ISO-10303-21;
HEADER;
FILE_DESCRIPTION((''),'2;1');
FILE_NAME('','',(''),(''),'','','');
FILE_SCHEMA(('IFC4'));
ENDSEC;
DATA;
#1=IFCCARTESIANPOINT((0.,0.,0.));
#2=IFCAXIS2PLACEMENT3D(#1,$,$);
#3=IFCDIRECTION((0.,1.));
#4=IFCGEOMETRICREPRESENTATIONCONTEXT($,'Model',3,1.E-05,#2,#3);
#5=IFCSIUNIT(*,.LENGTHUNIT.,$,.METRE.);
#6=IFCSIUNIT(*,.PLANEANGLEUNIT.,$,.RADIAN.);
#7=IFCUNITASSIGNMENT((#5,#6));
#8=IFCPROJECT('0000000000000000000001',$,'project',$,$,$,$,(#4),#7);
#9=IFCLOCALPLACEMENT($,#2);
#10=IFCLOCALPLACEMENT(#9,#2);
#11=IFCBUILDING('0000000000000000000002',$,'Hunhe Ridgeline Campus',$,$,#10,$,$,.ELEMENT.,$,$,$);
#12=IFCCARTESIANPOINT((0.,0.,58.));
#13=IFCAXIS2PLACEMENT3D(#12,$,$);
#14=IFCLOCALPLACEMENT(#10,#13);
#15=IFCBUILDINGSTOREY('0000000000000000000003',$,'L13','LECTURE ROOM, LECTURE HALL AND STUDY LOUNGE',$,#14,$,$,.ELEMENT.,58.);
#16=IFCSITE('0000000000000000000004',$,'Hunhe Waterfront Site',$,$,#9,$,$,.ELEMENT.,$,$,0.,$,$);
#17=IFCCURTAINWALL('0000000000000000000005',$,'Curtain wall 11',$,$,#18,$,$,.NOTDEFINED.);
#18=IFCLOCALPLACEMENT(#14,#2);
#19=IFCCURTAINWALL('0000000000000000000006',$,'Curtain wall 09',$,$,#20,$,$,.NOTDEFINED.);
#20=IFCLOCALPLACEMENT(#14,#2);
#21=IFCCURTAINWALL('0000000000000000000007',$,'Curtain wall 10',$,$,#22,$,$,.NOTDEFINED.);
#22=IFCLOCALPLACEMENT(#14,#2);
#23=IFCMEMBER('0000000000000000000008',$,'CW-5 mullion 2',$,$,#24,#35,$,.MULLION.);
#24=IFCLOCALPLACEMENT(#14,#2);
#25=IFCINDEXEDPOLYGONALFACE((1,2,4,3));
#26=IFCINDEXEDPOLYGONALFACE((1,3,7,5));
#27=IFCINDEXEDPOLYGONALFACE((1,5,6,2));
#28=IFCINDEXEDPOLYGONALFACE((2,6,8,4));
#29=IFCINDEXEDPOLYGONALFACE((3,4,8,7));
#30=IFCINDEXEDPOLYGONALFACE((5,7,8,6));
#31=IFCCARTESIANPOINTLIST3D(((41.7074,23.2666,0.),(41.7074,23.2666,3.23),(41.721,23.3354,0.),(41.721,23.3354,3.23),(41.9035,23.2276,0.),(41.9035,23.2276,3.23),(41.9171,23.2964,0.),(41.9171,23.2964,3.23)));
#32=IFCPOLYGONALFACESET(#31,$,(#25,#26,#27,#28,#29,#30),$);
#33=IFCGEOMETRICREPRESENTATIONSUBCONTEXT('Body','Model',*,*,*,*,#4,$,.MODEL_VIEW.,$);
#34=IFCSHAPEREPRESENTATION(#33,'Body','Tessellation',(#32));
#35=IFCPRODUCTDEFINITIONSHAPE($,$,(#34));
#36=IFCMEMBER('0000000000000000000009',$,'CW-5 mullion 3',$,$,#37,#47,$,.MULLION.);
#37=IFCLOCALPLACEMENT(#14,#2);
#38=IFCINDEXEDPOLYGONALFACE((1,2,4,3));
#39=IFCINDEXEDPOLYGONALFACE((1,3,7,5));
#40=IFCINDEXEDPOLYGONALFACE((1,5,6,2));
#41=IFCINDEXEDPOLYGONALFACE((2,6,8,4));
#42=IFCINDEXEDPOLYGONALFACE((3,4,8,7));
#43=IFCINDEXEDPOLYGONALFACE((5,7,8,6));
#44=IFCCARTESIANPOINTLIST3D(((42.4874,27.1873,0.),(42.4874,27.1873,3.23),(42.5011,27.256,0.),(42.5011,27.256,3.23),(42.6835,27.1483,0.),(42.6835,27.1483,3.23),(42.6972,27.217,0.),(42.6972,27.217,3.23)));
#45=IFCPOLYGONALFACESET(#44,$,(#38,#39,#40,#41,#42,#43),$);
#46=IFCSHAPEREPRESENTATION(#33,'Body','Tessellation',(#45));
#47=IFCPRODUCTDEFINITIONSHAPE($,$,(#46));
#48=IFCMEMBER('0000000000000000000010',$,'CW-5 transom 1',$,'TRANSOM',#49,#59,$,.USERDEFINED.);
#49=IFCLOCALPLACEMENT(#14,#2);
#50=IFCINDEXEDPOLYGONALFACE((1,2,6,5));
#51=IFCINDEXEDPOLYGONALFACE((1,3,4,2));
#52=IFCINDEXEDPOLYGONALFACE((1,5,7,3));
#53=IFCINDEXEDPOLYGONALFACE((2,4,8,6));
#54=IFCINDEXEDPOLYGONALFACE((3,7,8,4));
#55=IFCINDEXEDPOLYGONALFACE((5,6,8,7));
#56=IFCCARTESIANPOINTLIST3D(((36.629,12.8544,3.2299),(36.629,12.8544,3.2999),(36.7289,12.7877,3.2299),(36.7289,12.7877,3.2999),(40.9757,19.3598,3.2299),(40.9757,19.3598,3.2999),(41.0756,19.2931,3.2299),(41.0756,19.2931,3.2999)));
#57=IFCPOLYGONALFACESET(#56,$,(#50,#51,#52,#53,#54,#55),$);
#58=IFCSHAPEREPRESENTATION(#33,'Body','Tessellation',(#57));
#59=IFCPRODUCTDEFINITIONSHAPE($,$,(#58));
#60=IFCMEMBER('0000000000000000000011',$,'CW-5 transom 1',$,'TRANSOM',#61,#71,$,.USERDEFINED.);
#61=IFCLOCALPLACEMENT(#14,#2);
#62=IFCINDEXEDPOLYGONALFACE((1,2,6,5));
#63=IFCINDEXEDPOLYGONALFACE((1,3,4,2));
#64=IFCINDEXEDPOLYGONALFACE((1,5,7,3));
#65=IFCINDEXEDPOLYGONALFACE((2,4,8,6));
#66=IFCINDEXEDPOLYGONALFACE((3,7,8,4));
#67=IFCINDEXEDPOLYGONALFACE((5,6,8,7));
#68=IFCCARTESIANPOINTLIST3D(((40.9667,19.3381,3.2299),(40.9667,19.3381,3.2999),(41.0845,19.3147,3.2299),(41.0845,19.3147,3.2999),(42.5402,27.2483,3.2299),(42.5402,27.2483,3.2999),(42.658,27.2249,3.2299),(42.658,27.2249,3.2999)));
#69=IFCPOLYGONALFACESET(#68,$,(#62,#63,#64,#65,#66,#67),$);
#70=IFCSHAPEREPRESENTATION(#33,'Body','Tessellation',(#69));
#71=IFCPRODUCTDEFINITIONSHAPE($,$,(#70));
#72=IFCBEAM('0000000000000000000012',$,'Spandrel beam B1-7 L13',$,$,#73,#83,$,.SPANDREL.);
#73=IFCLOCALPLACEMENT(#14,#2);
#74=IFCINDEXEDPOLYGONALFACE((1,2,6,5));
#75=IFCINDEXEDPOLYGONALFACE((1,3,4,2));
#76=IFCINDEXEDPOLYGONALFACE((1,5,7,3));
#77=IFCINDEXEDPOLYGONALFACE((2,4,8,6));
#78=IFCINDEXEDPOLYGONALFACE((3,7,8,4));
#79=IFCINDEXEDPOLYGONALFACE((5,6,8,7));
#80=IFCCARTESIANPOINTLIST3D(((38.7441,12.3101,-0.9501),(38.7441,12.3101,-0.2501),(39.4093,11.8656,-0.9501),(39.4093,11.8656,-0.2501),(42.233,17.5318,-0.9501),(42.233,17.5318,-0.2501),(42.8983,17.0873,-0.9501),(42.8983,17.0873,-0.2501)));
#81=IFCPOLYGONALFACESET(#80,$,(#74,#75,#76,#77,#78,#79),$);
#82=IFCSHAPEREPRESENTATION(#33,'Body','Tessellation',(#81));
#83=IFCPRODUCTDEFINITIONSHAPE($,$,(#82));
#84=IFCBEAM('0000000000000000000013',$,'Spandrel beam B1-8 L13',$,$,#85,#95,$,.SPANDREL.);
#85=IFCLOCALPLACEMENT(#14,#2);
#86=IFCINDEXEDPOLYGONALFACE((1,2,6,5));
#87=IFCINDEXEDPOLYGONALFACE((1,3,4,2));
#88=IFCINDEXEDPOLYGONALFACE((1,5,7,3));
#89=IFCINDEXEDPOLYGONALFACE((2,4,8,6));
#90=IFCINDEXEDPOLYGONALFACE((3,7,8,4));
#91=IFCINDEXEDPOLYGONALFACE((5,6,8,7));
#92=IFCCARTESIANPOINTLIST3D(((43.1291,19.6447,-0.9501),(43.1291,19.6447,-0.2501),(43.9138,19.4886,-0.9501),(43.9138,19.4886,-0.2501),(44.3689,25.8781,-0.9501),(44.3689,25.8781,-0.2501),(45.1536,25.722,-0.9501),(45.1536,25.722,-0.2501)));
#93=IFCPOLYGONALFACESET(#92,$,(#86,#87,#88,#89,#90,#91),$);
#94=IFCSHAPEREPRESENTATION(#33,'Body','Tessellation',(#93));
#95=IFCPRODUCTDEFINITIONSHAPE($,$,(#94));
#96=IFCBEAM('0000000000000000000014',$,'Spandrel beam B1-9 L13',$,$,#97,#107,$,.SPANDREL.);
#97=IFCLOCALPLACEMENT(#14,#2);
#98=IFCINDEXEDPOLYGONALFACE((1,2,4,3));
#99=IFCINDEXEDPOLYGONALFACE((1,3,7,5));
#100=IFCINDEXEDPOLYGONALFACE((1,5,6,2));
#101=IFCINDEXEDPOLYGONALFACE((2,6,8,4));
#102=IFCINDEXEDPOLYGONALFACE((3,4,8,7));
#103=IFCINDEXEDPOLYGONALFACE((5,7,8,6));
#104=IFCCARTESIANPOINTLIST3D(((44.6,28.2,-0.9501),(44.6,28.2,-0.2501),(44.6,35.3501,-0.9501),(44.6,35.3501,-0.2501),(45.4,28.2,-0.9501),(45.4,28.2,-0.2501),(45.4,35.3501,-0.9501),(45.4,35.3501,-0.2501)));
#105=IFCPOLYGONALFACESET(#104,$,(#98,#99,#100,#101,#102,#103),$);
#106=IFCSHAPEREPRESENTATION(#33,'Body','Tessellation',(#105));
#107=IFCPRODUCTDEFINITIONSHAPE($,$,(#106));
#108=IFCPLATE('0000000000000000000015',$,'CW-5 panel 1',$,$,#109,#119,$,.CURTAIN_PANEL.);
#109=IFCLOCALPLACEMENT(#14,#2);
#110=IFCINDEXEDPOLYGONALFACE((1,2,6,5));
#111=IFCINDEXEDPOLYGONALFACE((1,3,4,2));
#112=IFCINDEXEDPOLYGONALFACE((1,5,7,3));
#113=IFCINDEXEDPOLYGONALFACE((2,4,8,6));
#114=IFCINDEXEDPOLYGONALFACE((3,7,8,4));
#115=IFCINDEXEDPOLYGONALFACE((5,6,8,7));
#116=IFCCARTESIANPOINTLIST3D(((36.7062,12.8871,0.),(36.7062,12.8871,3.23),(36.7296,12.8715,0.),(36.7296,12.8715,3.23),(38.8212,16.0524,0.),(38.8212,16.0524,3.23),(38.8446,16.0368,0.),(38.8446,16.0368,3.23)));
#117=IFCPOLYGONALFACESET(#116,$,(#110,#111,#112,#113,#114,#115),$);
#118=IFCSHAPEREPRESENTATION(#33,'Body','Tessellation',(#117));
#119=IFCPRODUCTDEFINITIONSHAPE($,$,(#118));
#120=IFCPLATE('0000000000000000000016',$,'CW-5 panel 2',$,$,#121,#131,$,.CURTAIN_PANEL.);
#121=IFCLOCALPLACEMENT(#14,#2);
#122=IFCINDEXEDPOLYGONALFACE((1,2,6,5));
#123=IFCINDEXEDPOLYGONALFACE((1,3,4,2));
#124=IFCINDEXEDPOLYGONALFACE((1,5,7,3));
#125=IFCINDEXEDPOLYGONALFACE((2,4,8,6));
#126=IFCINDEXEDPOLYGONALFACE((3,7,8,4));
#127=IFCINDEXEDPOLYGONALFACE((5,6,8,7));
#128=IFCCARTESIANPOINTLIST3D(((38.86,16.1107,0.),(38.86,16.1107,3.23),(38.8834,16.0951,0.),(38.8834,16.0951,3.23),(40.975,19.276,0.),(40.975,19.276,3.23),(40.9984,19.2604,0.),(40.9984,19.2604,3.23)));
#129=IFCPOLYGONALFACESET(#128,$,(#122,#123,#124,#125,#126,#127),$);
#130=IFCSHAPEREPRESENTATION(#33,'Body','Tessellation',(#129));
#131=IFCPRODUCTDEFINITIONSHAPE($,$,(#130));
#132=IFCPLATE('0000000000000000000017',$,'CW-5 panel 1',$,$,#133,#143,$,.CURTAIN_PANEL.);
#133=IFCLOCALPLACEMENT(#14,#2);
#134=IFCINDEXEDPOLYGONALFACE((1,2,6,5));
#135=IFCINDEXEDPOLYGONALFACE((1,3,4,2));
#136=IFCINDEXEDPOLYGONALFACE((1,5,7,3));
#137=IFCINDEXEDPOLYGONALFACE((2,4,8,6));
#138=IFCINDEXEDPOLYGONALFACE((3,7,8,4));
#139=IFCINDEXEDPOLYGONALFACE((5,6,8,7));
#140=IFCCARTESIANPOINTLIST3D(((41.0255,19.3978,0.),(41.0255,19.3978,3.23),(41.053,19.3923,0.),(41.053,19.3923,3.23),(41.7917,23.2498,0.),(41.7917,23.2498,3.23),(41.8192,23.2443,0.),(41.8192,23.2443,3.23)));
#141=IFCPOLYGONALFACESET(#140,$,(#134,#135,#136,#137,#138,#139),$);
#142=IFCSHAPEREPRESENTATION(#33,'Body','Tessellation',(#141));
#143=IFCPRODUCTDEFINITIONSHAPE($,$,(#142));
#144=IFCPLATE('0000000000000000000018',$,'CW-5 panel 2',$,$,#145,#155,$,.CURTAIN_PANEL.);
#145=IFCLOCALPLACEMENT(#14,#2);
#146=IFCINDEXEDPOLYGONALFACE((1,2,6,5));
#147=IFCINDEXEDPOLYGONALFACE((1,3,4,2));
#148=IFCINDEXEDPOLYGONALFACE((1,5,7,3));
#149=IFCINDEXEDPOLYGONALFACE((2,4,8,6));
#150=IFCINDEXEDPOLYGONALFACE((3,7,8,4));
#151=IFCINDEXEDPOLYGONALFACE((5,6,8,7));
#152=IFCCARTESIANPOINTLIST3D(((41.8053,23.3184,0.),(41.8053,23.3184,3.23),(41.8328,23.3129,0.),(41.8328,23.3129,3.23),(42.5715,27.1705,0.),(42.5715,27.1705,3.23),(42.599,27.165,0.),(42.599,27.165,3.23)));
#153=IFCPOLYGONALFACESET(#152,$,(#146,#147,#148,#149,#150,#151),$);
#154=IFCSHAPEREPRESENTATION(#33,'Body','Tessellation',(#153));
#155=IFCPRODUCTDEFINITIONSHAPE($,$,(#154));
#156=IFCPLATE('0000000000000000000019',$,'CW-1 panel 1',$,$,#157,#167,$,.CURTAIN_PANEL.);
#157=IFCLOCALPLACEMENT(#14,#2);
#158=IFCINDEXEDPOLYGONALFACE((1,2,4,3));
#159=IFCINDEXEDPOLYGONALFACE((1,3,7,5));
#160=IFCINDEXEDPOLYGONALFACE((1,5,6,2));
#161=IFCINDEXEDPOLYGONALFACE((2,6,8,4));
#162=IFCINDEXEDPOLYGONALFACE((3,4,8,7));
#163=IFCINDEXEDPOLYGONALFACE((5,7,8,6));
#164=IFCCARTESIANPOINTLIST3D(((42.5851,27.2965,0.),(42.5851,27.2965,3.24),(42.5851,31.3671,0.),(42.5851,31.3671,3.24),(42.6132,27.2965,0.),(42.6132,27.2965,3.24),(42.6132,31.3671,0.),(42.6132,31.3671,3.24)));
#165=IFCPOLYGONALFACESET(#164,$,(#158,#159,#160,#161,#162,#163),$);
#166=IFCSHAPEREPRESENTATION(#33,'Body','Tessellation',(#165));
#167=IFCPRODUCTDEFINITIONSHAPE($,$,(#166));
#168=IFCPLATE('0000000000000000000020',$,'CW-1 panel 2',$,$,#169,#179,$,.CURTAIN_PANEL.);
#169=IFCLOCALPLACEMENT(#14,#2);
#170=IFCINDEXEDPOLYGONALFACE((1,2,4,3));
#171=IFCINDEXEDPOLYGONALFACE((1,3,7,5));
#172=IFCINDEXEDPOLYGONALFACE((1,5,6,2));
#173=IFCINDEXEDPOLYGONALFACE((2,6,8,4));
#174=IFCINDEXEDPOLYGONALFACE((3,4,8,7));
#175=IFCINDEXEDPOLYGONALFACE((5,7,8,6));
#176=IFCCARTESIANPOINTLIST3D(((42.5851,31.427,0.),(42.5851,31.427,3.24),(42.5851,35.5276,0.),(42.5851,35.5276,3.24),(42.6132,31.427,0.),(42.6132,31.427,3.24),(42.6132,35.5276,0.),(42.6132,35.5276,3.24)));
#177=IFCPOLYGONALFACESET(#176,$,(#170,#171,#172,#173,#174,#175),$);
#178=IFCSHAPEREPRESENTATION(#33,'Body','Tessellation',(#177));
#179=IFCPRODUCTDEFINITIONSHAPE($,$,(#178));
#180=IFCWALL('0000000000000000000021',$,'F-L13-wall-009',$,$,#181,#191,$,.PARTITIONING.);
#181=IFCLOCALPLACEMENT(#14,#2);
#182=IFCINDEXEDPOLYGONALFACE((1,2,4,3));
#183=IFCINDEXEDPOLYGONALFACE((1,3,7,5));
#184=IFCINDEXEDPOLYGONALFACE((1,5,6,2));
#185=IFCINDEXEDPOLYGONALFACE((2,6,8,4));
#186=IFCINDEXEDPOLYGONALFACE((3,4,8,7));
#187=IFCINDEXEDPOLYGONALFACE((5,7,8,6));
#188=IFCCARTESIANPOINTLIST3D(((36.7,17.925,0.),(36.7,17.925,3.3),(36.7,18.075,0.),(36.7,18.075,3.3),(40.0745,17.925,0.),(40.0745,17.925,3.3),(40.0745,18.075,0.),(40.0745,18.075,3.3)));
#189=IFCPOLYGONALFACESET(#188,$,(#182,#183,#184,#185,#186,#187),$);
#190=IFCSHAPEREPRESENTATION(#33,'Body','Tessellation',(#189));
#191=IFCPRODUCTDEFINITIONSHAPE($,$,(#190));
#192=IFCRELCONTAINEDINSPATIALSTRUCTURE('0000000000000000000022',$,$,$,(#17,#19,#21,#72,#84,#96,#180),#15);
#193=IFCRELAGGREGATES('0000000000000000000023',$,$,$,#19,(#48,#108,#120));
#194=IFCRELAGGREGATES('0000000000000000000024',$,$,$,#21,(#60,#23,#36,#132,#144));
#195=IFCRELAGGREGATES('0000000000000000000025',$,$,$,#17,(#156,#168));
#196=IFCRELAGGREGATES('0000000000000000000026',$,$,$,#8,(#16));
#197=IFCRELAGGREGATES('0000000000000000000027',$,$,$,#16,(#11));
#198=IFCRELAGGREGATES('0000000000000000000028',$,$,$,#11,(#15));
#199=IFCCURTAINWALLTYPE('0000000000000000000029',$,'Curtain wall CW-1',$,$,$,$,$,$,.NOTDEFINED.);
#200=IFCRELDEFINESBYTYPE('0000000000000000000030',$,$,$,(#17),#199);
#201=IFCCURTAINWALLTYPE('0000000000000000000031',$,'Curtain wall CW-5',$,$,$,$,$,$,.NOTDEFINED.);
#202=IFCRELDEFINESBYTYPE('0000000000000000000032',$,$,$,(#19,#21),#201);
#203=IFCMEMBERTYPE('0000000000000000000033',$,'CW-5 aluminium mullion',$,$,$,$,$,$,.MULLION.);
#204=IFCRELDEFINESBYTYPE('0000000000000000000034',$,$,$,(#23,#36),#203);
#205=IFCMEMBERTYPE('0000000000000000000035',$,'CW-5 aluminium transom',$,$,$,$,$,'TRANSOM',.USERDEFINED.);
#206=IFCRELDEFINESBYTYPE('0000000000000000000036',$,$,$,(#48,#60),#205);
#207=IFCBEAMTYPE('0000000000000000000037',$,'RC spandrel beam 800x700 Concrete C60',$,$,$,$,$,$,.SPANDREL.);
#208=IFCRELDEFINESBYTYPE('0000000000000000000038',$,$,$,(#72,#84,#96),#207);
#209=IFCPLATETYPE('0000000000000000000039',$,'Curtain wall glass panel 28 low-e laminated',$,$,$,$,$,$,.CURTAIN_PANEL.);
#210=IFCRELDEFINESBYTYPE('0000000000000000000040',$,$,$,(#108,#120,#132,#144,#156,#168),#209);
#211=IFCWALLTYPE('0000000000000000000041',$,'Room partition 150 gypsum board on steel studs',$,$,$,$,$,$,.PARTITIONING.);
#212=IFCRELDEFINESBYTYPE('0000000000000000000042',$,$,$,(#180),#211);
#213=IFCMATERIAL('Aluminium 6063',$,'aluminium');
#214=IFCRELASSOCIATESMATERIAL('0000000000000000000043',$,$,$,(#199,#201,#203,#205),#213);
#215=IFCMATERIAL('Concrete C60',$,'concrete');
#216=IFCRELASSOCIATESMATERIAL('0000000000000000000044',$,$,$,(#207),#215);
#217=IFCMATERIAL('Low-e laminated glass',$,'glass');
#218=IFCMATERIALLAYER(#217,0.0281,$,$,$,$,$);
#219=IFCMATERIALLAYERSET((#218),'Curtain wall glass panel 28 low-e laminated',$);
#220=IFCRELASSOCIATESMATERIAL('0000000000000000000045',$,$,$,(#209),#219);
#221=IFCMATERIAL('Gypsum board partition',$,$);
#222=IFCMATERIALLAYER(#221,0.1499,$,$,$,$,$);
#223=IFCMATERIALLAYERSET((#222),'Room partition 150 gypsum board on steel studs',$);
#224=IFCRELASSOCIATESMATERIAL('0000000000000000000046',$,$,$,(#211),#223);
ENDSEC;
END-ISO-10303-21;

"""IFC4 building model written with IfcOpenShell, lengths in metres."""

from ifc_helpers import new_model, si_unit, direction, frame, frame_2d, origin, origin_2d, place, context, subcontext, project, spatial, rectangle, extrude, material, layer, layer_set, material_profile, profile_set, type_object, element, aggregate, save


model = new_model("IFC4")

# Units and contexts
model_context = context("Model", 3, precision=1e-05, world=origin(), true_north=direction((0.0, 1.0)))
body_context = subcontext(model_context, "Body", "Model", "MODEL_VIEW")
ifc_project = project(units=[si_unit("LENGTHUNIT", "METRE"), si_unit("PLANEANGLEUNIT", "RADIAN")], contexts=[model_context])

# Site, building, storey
site_placement = place(None, origin())
site = spatial("IfcSite", under=ifc_project, at=site_placement, Name="Hunhe Waterfront Site", CompositionType="ELEMENT", RefElevation=0.0)
building_placement = place(site_placement, origin())
building = spatial("IfcBuilding", under=site, at=building_placement, Name="Hunhe Ridgeline Campus", CompositionType="ELEMENT")
storey_placement = place(building_placement, frame((0.0, 0.0, 58.0)))
storey = spatial("IfcBuildingStorey", under=building, at=storey_placement, Name="L13", Description="LECTURE ROOM, LECTURE HALL AND STUDY LOUNGE", CompositionType="ELEMENT", Elevation=58.0)

# Curtain wall
ifc_material_1 = material(Name="Aluminium 6063", Category="aluminium")
curtain_wall_type_1 = type_object("IfcCurtainWallType", Name="Curtain wall CW-1", PredefinedType="NOTDEFINED", material=ifc_material_1)
curtain_wall_1_placement = place(storey_placement, origin())
curtain_wall_1 = element("IfcCurtainWall", 1, at=curtain_wall_1_placement, inside=storey, type_object=curtain_wall_type_1, Name="Curtain wall 11", PredefinedType="NOTDEFINED")

# Shared definitions
curtain_wall_type_2 = type_object("IfcCurtainWallType", Name="Curtain wall CW-5", PredefinedType="NOTDEFINED", material=ifc_material_1)
ifc_material_profile_1 = material_profile(ifc_material_1, rectangle(XDim=0.2, YDim=0.0701, at=origin_2d()))
ifc_profile_set_1 = profile_set([ifc_material_profile_1], Name="Aluminium 6063")
member_type_1 = type_object("IfcMemberType", Name="CW-5 aluminium mullion", PredefinedType="MULLION", material=ifc_profile_set_1)

# Curtain walls, members
curtain_wall_2_placement = place(storey_placement, origin())
curtain_wall_2 = element("IfcCurtainWall", 2, at=curtain_wall_2_placement, inside=storey, type_object=curtain_wall_type_2, Name="Curtain wall 09", PredefinedType="NOTDEFINED")
curtain_wall_3_placement = place(storey_placement, origin())
curtain_wall_3 = element("IfcCurtainWall", 3, at=curtain_wall_3_placement, inside=storey, type_object=curtain_wall_type_2, Name="Curtain wall 10", PredefinedType="NOTDEFINED")
member_1_placement = place(storey_placement, frame((41.8123, 23.2815, 0.0), z_axis=(0.0, 0.0, 1.0), x_axis=(-0.980785, 0.19509, 0.0)))
member_1 = element("IfcMember", 4, at=member_1_placement, type_object=member_type_1, Name="CW-5 mullion 2", PredefinedType="MULLION", context=body_context, shape_type="SweptSolid", body=[
    extrude(rectangle(XDim=0.2, YDim=0.0701, at=origin_2d()), origin(), (0.0, 0.0, 1.0), 3.23),
])
member_2_placement = place(storey_placement, frame((42.5923, 27.2021, 0.0), z_axis=(0.0, 0.0, 1.0), x_axis=(-0.980785, 0.19509, 0.0)))
member_2 = element("IfcMember", 5, at=member_2_placement, type_object=member_type_1, Name="CW-5 mullion 3", PredefinedType="MULLION", context=body_context, shape_type="SweptSolid", body=[
    extrude(rectangle(XDim=0.2, YDim=0.0701, at=origin_2d()), origin(), (0.0, 0.0, 1.0), 3.23),
])

# Members
ifc_material_profile_2 = material_profile(ifc_material_1, rectangle(XDim=0.1201, YDim=0.0701, at=origin_2d()))
ifc_profile_set_2 = profile_set([ifc_material_profile_2], Name="Aluminium 6063")
member_type_2 = type_object("IfcMemberType", Name="CW-5 aluminium transom", ElementType="TRANSOM", PredefinedType="USERDEFINED", material=ifc_profile_set_2)
member_3_placement = place(storey_placement, frame((36.679, 12.821, 3.2649), z_axis=(0.555564, 0.831474, 0.0), x_axis=(-0.831474, 0.555564, 0.0)))
member_3 = element("IfcMember", 6, at=member_3_placement, type_object=member_type_2, Name="CW-5 transom 1", ObjectType="TRANSOM", PredefinedType="USERDEFINED", context=body_context, shape_type="SweptSolid", body=[
    extrude(rectangle(XDim=0.1201, YDim=0.0701, at=origin_2d()), origin(), (0.0, 0.0, 1.0), 7.824),
])
member_4_placement = place(storey_placement, frame((41.0256, 19.3264, 3.2649), z_axis=(0.195097, 0.980784, 0.0), x_axis=(-0.980784, 0.195097, 0.0)))
member_4 = element("IfcMember", 7, at=member_4_placement, type_object=member_type_2, Name="CW-5 transom 1", ObjectType="TRANSOM", PredefinedType="USERDEFINED", context=body_context, shape_type="SweptSolid", body=[
    extrude(rectangle(XDim=0.1201, YDim=0.0701, at=origin_2d()), origin(), (0.0, 0.0, 1.0), 8.0652),
])

# Beams
ifc_material_2 = material(Name="Concrete C60", Category="concrete")
ifc_material_profile_3 = material_profile(ifc_material_2, rectangle(XDim=0.8, YDim=0.7, at=origin_2d()))
ifc_profile_set_3 = profile_set([ifc_material_profile_3], Name="Concrete C60")
beam_type = type_object("IfcBeamType", Name="RC spandrel beam 800x700 Concrete C60", PredefinedType="SPANDREL", material=ifc_profile_set_3)
beam_1_placement = place(storey_placement, frame((39.0767, 12.0879, -0.6001), z_axis=(0.55557, 0.83147, 0.0), x_axis=(-0.83147, 0.55557, 0.0)))
element("IfcBeam", 8, at=beam_1_placement, inside=storey, type_object=beam_type, Name="Spandrel beam B1-7 L13", PredefinedType="SPANDREL", context=body_context, shape_type="SweptSolid", body=[
    extrude(rectangle(XDim=0.8, YDim=0.7, at=origin_2d()), origin(), (0.0, 0.0, 1.0), 6.28),
])
beam_2_placement = place(storey_placement, frame((43.5215, 19.5667, -0.6001), z_axis=(0.195067, 0.98079, 0.0), x_axis=(-0.98079, 0.195067, 0.0)))
element("IfcBeam", 9, at=beam_2_placement, inside=storey, type_object=beam_type, Name="Spandrel beam B1-8 L13", PredefinedType="SPANDREL", context=body_context, shape_type="SweptSolid", body=[
    extrude(rectangle(XDim=0.8, YDim=0.7, at=origin_2d()), origin(), (0.0, 0.0, 1.0), 6.3555),
])
beam_3_placement = place(storey_placement, frame((45.0, 28.2, -0.6001), z_axis=(0.0, 1.0, 0.0), x_axis=(-1.0, 0.0, 0.0)))
element("IfcBeam", 10, at=beam_3_placement, inside=storey, type_object=beam_type, Name="Spandrel beam B1-9 L13", PredefinedType="SPANDREL", context=body_context, shape_type="SweptSolid", body=[
    extrude(rectangle(XDim=0.8, YDim=0.7, at=origin_2d()), origin(), (0.0, 0.0, 1.0), 7.1501),
])

# Plates
ifc_material_3 = material(Name="Low-e laminated glass", Category="glass")
ifc_layer_1 = layer(ifc_material_3, 0.0281)
ifc_layer_set_1 = layer_set([ifc_layer_1], Name="Curtain wall glass panel 28 low-e laminated")
plate_type = type_object("IfcPlateType", Name="Curtain wall glass panel 28 low-e laminated", PredefinedType="CURTAIN_PANEL", material=ifc_layer_set_1)
plate_1_placement = place(storey_placement, frame((37.7754, 14.4619, 0.0), z_axis=(0.0, 0.0, 1.0), x_axis=(0.55557, 0.83147, 0.0)))
plate_1 = element("IfcPlate", 11, at=plate_1_placement, type_object=plate_type, Name="CW-5 panel 1", PredefinedType="CURTAIN_PANEL", context=body_context, shape_type="SweptSolid", body=[
    extrude(rectangle(XDim=3.8069, YDim=0.0281, at=origin_2d()), origin(), (0.0, 0.0, 1.0), 3.23),
])
plate_2_placement = place(storey_placement, frame((39.9292, 17.6855, 0.0), z_axis=(0.0, 0.0, 1.0), x_axis=(0.55557, 0.83147, 0.0)))
plate_2 = element("IfcPlate", 12, at=plate_2_placement, type_object=plate_type, Name="CW-5 panel 2", PredefinedType="CURTAIN_PANEL", context=body_context, shape_type="SweptSolid", body=[
    extrude(rectangle(XDim=3.8069, YDim=0.0281, at=origin_2d()), origin(), (0.0, 0.0, 1.0), 3.23),
])
aggregate(curtain_wall_2, [member_3, plate_1, plate_2])
plate_3_placement = place(storey_placement, frame((41.4224, 21.321, 0.0), z_axis=(0.0, 0.0, 1.0), x_axis=(0.19509, 0.980785, 0.0)))
plate_3 = element("IfcPlate", 13, at=plate_3_placement, type_object=plate_type, Name="CW-5 panel 1", PredefinedType="CURTAIN_PANEL", context=body_context, shape_type="SweptSolid", body=[
    extrude(rectangle(XDim=3.9275, YDim=0.0281, at=origin_2d()), origin(), (0.0, 0.0, 1.0), 3.23),
])
plate_4_placement = place(storey_placement, frame((42.2021, 25.2417, 0.0), z_axis=(0.0, 0.0, 1.0), x_axis=(0.19509, 0.980785, 0.0)))
plate_4 = element("IfcPlate", 14, at=plate_4_placement, type_object=plate_type, Name="CW-5 panel 2", PredefinedType="CURTAIN_PANEL", context=body_context, shape_type="SweptSolid", body=[
    extrude(rectangle(XDim=3.9275, YDim=0.0281, at=origin_2d()), origin(), (0.0, 0.0, 1.0), 3.23),
])
aggregate(curtain_wall_3, [member_4, member_1, member_2, plate_3, plate_4])
plate_5_placement = place(storey_placement, frame((42.5991, 29.3318, 0.0), z_axis=(0.0, 0.0, 1.0), x_axis=(0.0, 1.0, 0.0)))
plate_5 = element("IfcPlate", 15, at=plate_5_placement, type_object=plate_type, Name="CW-1 panel 1", PredefinedType="CURTAIN_PANEL", context=body_context, shape_type="SweptSolid", body=[
    extrude(rectangle(XDim=4.0706, YDim=0.0281, at=origin_2d()), origin(), (0.0, 0.0, 1.0), 3.24),
])
plate_6_placement = place(storey_placement, frame((42.5991, 33.4773, 0.0), z_axis=(0.0, 0.0, 1.0), x_axis=(0.0, 1.0, 0.0)))
plate_6 = element("IfcPlate", 16, at=plate_6_placement, type_object=plate_type, Name="CW-1 panel 2", PredefinedType="CURTAIN_PANEL", context=body_context, shape_type="SweptSolid", body=[
    extrude(rectangle(XDim=4.1006, YDim=0.0281, at=origin_2d()), origin(), (0.0, 0.0, 1.0), 3.24),
])
aggregate(curtain_wall_1, [plate_5, plate_6])

# Wall
ifc_material_4 = material(Name="Gypsum board partition")
ifc_layer_2 = layer(ifc_material_4, 0.1499)
ifc_layer_set_2 = layer_set([ifc_layer_2], Name="Room partition 150 gypsum board on steel studs")
wall_type = type_object("IfcWallType", Name="Room partition 150 gypsum board on steel studs", PredefinedType="PARTITIONING", material=ifc_layer_set_2)
wall_1_placement = place(storey_placement, frame((36.7, 18.0, 0.0), z_axis=(0.0, 0.0, 1.0), x_axis=(1.0, 0.0, 0.0)))
element("IfcWall", 17, at=wall_1_placement, inside=storey, type_object=wall_type, Name="F-L13-wall-009", PredefinedType="PARTITIONING", context=body_context, shape_type="SweptSolid", body=[
    extrude(rectangle(XDim=3.3745, YDim=0.1499, at=frame_2d((1.6873, 0.0))), origin(), (0.0, 0.0, 1.0), 3.3),
])

save(model, "model.ifc")
